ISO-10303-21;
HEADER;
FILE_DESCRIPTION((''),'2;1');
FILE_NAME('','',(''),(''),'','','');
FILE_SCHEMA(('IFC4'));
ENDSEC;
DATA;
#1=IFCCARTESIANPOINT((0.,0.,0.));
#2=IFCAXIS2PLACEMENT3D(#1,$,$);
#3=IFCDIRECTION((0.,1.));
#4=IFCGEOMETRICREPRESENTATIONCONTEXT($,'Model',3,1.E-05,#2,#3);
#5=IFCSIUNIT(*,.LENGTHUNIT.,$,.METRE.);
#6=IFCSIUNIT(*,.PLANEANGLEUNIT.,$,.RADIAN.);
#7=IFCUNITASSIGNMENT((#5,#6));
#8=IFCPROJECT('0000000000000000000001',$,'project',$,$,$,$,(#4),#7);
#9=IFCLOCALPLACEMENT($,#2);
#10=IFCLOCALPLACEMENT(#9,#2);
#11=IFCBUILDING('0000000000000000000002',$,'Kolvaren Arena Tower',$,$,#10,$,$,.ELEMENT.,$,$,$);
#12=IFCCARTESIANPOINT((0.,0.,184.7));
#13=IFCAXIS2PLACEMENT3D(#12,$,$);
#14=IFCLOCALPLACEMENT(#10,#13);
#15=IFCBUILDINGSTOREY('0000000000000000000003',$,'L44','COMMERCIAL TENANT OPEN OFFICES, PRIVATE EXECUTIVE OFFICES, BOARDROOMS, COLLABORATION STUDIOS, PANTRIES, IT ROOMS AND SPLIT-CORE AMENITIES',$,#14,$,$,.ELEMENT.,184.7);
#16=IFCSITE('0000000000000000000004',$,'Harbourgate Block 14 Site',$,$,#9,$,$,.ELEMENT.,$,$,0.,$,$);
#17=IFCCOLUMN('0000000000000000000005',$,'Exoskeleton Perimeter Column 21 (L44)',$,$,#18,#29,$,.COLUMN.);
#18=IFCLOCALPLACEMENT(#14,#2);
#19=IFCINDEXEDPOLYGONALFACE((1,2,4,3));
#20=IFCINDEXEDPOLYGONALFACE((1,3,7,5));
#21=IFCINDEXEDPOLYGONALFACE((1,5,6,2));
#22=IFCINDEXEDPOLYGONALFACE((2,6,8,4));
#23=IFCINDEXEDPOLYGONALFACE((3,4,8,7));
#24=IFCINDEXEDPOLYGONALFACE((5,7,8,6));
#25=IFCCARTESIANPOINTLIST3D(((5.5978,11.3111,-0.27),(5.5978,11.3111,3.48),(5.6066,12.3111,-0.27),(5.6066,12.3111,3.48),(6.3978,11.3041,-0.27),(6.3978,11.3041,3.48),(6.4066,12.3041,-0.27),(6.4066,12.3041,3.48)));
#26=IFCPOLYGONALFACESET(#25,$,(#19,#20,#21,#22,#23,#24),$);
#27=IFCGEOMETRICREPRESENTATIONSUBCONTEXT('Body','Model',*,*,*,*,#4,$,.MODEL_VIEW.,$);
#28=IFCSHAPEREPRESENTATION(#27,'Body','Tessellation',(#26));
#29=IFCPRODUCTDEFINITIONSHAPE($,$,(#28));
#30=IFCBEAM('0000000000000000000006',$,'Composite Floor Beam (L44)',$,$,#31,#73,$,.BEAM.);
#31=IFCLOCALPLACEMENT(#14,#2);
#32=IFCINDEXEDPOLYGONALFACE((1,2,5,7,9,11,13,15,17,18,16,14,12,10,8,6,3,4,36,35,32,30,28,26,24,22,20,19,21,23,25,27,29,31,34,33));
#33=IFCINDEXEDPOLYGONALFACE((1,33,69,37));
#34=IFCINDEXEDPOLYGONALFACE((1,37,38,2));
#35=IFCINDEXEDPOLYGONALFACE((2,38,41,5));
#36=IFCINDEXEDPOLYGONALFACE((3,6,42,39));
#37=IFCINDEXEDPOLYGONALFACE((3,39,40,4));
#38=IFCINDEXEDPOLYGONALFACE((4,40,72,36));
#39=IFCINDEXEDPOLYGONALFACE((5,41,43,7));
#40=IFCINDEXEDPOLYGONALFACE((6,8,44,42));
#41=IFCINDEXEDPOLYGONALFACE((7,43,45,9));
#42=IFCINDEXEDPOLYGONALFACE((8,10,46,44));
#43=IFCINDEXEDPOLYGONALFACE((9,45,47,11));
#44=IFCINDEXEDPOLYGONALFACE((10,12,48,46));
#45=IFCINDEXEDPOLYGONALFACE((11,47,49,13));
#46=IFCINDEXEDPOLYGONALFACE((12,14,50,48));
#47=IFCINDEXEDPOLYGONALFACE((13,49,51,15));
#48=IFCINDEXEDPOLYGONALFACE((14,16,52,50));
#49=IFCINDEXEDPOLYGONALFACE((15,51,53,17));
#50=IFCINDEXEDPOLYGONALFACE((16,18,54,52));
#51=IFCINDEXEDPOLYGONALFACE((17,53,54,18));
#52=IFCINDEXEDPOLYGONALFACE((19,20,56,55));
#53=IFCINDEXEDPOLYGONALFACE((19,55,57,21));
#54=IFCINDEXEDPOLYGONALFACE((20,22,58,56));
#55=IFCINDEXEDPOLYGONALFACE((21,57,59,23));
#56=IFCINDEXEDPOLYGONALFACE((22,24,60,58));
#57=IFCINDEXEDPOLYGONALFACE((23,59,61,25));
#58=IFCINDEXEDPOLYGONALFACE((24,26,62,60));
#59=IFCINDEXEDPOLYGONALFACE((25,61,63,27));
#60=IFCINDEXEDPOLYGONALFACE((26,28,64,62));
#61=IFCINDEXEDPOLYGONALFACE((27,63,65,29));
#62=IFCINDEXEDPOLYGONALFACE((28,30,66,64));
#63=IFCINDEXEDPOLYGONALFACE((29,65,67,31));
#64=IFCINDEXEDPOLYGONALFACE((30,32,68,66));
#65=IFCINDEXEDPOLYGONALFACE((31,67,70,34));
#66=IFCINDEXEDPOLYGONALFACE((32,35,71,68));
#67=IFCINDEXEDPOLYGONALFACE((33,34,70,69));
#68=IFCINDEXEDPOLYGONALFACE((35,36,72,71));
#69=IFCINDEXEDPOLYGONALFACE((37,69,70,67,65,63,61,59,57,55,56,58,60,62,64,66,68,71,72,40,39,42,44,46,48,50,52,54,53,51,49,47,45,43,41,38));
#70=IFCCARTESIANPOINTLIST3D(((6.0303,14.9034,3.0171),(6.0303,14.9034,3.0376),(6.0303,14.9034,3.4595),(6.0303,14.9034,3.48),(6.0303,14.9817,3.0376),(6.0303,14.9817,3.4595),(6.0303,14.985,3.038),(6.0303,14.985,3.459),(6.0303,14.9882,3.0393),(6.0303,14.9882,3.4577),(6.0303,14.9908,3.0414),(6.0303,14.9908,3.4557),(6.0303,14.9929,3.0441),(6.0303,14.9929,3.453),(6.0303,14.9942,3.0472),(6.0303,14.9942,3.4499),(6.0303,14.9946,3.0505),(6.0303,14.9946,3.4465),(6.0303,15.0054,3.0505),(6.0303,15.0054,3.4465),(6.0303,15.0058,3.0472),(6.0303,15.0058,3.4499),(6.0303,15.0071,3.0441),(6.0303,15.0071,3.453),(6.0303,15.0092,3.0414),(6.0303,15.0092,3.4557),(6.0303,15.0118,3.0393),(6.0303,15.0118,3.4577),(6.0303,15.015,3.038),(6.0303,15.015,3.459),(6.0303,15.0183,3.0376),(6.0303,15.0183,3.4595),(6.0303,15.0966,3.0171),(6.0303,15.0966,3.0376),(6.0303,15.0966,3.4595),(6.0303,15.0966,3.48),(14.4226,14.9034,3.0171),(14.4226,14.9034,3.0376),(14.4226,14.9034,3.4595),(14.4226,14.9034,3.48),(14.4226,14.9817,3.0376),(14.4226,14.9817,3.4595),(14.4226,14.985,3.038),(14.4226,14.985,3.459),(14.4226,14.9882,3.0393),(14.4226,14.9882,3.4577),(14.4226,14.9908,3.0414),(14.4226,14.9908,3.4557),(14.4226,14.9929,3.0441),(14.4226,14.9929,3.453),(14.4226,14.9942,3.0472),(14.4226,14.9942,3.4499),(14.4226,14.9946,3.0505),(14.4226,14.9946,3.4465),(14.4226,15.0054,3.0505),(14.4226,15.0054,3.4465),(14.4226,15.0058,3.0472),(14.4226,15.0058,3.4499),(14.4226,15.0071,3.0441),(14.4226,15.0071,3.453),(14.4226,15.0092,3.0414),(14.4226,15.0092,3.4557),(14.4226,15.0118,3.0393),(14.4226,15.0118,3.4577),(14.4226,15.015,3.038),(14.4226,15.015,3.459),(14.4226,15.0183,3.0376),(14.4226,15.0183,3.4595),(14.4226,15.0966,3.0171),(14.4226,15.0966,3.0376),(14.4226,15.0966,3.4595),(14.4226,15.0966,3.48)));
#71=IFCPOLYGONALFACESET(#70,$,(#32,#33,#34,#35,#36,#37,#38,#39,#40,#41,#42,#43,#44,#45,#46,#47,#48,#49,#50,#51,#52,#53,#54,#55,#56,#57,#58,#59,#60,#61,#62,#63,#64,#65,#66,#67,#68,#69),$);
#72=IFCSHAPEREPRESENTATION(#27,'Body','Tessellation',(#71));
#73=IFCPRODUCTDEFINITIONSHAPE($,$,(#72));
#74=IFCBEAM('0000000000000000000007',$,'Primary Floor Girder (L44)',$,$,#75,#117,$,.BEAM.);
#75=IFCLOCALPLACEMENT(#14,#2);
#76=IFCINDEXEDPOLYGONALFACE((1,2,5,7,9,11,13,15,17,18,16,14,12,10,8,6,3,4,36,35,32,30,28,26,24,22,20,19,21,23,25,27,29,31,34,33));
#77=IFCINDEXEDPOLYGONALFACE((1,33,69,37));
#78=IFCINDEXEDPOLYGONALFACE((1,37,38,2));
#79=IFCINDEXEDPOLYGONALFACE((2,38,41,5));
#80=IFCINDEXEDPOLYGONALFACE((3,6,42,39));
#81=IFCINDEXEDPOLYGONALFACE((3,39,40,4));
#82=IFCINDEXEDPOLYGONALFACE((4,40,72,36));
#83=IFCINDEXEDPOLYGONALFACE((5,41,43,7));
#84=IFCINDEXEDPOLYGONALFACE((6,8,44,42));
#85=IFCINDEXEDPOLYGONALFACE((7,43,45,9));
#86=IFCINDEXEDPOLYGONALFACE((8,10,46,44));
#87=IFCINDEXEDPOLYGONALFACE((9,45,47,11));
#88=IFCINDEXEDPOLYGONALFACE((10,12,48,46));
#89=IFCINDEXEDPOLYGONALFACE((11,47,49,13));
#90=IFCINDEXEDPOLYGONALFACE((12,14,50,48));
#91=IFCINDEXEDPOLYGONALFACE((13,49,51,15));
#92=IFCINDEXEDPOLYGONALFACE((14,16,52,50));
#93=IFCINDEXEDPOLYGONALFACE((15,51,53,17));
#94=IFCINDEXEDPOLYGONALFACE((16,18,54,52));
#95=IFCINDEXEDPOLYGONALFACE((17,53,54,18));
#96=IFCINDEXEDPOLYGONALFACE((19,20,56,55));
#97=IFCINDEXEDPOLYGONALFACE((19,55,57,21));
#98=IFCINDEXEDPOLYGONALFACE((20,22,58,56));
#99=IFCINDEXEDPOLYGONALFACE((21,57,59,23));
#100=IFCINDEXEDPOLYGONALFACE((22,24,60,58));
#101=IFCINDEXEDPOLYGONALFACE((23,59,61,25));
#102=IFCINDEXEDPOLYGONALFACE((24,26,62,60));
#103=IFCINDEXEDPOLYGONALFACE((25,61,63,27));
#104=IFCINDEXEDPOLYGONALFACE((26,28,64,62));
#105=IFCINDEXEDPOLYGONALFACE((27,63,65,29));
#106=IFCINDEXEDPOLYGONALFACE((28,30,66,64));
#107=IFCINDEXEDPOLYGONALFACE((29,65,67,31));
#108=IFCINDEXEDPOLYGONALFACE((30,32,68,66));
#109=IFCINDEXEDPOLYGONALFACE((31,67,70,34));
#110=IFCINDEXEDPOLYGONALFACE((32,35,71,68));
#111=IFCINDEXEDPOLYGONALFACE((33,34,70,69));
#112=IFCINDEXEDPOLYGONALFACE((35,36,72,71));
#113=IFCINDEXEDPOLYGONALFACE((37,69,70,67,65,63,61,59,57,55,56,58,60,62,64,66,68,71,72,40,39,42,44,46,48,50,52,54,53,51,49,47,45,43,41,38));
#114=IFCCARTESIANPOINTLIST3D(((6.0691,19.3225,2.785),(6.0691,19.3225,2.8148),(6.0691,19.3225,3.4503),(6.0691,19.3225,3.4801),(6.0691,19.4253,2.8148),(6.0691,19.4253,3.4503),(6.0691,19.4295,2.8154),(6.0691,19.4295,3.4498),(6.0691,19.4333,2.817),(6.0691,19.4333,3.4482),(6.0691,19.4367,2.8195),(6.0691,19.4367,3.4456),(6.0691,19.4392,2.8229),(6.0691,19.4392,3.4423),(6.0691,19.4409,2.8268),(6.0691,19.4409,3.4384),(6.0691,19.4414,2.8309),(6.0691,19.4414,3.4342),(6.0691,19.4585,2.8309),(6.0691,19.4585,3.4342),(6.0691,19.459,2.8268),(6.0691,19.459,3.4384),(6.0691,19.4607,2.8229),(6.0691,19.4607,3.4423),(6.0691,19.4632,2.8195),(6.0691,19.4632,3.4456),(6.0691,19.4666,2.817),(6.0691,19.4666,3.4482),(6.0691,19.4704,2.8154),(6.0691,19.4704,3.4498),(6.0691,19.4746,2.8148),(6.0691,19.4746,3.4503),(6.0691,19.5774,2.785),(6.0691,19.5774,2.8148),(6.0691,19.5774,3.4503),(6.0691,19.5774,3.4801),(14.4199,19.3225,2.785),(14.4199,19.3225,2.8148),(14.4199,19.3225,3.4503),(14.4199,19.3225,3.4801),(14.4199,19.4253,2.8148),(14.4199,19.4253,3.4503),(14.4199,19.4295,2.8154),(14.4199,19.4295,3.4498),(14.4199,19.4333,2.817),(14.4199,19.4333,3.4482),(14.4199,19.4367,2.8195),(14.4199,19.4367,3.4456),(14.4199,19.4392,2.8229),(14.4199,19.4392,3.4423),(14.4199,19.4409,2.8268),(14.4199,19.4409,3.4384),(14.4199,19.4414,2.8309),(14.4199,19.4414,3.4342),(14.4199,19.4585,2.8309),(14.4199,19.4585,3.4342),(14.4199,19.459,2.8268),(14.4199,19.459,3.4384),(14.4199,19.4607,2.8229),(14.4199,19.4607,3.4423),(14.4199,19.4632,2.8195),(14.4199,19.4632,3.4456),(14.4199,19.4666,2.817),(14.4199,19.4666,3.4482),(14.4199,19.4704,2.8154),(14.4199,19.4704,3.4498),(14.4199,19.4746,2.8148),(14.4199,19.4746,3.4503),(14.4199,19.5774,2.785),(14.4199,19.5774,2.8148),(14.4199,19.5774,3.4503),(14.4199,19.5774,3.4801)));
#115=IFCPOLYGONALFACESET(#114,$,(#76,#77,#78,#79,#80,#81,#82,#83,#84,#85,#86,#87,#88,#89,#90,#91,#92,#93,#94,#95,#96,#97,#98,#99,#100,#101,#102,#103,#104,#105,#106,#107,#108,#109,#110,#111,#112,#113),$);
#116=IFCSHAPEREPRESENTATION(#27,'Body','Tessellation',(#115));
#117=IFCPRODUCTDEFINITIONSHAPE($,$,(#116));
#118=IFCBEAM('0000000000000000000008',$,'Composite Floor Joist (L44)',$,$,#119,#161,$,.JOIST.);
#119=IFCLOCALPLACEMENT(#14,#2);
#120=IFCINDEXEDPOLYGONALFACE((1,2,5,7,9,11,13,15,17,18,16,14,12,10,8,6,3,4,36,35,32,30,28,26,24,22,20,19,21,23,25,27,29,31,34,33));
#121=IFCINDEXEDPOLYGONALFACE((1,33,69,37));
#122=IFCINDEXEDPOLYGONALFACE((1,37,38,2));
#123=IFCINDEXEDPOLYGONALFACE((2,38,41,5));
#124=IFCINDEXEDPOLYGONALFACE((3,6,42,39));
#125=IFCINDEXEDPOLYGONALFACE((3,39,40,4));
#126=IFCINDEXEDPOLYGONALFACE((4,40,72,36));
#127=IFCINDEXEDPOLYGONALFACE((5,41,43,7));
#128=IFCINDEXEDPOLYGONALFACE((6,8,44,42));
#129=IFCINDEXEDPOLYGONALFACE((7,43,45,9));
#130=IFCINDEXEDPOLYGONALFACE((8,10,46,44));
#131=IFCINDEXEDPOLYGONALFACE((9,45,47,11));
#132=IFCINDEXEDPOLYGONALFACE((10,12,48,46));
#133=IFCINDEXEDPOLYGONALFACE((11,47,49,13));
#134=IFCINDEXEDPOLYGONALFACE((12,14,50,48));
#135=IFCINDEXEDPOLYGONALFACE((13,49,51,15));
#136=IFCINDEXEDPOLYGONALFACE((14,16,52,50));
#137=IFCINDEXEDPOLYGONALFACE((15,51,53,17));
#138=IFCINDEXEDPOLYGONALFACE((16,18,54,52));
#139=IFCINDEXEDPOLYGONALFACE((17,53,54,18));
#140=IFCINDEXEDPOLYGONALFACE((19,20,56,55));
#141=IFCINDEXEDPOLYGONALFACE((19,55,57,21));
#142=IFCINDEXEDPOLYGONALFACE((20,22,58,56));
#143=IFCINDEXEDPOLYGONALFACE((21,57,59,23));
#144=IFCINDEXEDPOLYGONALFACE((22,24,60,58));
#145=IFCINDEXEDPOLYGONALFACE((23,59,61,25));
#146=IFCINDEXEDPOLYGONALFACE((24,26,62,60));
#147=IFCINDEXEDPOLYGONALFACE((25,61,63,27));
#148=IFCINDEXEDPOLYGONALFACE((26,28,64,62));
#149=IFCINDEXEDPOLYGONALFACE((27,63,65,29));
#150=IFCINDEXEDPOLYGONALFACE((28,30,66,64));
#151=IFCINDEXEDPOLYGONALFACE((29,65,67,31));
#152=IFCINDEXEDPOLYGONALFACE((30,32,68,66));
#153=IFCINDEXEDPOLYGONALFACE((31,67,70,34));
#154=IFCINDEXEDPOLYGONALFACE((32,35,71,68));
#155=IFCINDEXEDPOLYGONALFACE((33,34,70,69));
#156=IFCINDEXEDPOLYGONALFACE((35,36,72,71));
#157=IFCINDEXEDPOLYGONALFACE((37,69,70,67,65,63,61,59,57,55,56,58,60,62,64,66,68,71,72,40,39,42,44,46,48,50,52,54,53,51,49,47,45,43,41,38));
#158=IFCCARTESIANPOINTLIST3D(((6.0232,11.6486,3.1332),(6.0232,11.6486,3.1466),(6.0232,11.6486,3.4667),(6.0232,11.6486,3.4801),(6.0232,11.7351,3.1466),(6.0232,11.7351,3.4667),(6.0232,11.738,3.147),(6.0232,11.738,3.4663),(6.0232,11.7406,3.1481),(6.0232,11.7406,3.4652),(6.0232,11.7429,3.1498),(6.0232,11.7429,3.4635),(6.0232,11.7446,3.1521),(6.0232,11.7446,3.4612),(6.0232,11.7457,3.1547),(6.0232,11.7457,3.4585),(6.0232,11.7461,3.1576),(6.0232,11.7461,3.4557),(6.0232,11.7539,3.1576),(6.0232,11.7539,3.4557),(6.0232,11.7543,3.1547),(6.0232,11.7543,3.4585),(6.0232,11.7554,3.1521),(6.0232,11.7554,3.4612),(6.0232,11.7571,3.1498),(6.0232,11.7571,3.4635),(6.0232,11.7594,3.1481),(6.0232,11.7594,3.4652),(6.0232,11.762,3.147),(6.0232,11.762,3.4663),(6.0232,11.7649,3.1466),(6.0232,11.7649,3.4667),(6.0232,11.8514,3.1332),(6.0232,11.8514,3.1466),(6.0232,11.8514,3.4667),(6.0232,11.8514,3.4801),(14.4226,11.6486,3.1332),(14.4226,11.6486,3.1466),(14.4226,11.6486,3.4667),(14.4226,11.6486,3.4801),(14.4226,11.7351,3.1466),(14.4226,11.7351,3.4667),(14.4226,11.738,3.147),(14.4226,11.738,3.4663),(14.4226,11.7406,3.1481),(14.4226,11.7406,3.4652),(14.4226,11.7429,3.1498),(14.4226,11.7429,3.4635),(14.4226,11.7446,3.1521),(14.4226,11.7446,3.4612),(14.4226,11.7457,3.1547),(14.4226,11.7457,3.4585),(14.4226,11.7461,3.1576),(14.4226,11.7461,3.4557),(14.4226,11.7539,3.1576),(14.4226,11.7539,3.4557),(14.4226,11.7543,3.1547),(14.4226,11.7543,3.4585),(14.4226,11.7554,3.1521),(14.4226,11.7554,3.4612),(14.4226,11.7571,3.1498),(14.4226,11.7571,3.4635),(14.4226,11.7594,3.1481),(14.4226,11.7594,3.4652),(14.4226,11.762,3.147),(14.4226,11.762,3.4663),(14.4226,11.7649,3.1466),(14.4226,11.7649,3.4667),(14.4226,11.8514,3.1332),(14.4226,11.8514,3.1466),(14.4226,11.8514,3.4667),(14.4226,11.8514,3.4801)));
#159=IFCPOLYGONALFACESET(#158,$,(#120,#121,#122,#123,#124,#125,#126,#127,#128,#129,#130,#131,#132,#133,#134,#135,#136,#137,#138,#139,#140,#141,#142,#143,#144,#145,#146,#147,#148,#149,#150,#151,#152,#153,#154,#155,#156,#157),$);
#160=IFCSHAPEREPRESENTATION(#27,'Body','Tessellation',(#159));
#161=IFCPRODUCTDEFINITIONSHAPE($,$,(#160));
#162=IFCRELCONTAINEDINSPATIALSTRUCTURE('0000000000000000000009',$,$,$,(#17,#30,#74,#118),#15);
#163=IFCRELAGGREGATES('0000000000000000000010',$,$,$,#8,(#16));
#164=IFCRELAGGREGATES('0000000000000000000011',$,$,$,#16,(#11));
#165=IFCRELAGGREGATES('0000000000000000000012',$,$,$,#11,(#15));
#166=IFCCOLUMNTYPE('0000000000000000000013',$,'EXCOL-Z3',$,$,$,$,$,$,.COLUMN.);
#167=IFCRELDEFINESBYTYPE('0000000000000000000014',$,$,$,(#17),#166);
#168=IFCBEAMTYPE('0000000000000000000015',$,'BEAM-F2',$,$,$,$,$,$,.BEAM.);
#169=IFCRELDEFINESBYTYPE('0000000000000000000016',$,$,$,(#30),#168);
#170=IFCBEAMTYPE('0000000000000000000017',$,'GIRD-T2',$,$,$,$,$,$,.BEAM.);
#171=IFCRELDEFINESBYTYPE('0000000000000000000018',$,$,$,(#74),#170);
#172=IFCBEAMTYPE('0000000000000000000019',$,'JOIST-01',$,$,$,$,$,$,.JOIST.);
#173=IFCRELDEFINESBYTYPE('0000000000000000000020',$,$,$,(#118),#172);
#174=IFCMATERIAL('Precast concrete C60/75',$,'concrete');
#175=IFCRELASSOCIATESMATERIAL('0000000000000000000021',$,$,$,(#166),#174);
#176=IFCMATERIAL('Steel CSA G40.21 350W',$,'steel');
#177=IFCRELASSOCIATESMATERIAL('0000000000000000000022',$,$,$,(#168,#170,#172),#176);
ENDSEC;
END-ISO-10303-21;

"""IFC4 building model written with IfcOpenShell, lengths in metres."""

from ifc_helpers import new_model, si_unit, direction, frame, origin, origin_2d, place, context, subcontext, project, spatial, rectangle, i_section, extrude, material, material_profile, profile_set, type_object, element, save


model = new_model("IFC4")

# Units and contexts
model_context = context("Model", 3, precision=1e-05, world=origin(), true_north=direction((0.0, 1.0)))
body_context = subcontext(model_context, "Body", "Model", "MODEL_VIEW")
ifc_project = project(units=[si_unit("LENGTHUNIT", "METRE"), si_unit("PLANEANGLEUNIT", "RADIAN")], contexts=[model_context])

# Site, building, storey
site_placement = place(None, origin())
site = spatial("IfcSite", under=ifc_project, at=site_placement, Name="Harbourgate Block 14 Site", CompositionType="ELEMENT", RefElevation=0.0)
building_placement = place(site_placement, origin())
building = spatial("IfcBuilding", under=site, at=building_placement, Name="Kolvaren Arena Tower", CompositionType="ELEMENT")
storey_placement = place(building_placement, frame((0.0, 0.0, 184.7)))
storey = spatial("IfcBuildingStorey", under=building, at=storey_placement, Name="L44", Description="COMMERCIAL TENANT OPEN OFFICES, PRIVATE EXECUTIVE OFFICES, BOARDROOMS, COLLABORATION STUDIOS, PANTRIES, IT ROOMS AND SPLIT-CORE AMENITIES", CompositionType="ELEMENT", Elevation=184.7)

# Column
ifc_material_1 = material(Name="Precast concrete C60/75", Category="concrete")
ifc_material_profile_1 = material_profile(ifc_material_1, rectangle(XDim=1.0, YDim=0.8, at=origin_2d()), Name="RC-1000x800")
ifc_profile_set_1 = profile_set([ifc_material_profile_1], Name="Precast concrete C60/75")
column_type = type_object("IfcColumnType", Name="EXCOL-Z3", PredefinedType="COLUMN", material=ifc_profile_set_1)
column_placement = place(storey_placement, frame((6.0022, 11.8076, -0.27), z_axis=(0.0, 0.0, 1.0), x_axis=(0.008727, 0.999962, 0.0)))
element("IfcColumn", 1, at=column_placement, inside=storey, type_object=column_type, Name="Exoskeleton Perimeter Column 21 (L44)", PredefinedType="COLUMN", context=body_context, shape_type="SweptSolid", body=[
    extrude(rectangle(XDim=1.0, YDim=0.8, at=origin_2d()), origin(), (0.0, 0.0, 1.0), 3.75),
])

# Beams
ifc_material_2 = material(Name="Steel CSA G40.21 350W", Category="steel")
ifc_material_profile_2 = material_profile(ifc_material_2, i_section(OverallWidth=0.1931, OverallDepth=0.4629, WebThickness=0.0107, FlangeThickness=0.0205, FilletRadius=0.0129, at=origin_2d()), Name="W460x113")
ifc_profile_set_2 = profile_set([ifc_material_profile_2], Name="Steel CSA G40.21 350W")
beam_type_1 = type_object("IfcBeamType", Name="BEAM-F2", PredefinedType="BEAM", material=ifc_profile_set_2)
beam_1_placement = place(storey_placement, frame((6.0303, 15.0, 3.2485), z_axis=(1.0, 0.0, 0.0), x_axis=(0.0, 1.0, 0.0)))
element("IfcBeam", 2, at=beam_1_placement, inside=storey, type_object=beam_type_1, Name="Composite Floor Beam (L44)", PredefinedType="BEAM", context=body_context, shape_type="SweptSolid", body=[
    extrude(i_section(OverallWidth=0.1931, OverallDepth=0.4629, WebThickness=0.0107, FlangeThickness=0.0205, FilletRadius=0.0129, at=origin_2d()), origin(), (0.0, 0.0, 1.0), 8.3923),
])
ifc_material_profile_3 = material_profile(ifc_material_2, i_section(OverallWidth=0.2549, OverallDepth=0.6951, WebThickness=0.0171, FlangeThickness=0.0298, FilletRadius=0.0161, at=origin_2d()), Name="W690x217")
ifc_profile_set_3 = profile_set([ifc_material_profile_3], Name="Steel CSA G40.21 350W")
beam_type_2 = type_object("IfcBeamType", Name="GIRD-T2", PredefinedType="BEAM", material=ifc_profile_set_3)
beam_2_placement = place(storey_placement, frame((6.0691, 19.45, 3.1326), z_axis=(1.0, 0.0, 0.0), x_axis=(0.0, 1.0, 0.0)))
element("IfcBeam", 3, at=beam_2_placement, inside=storey, type_object=beam_type_2, Name="Primary Floor Girder (L44)", PredefinedType="BEAM", context=body_context, shape_type="SweptSolid", body=[
    extrude(i_section(OverallWidth=0.2549, OverallDepth=0.6951, WebThickness=0.0171, FlangeThickness=0.0298, FilletRadius=0.0161, at=origin_2d()), origin(), (0.0, 0.0, 1.0), 8.3508),
])
ifc_material_profile_4 = material_profile(ifc_material_2, i_section(OverallWidth=0.2029, OverallDepth=0.3469, WebThickness=0.0078, FlangeThickness=0.0134, FilletRadius=0.011, at=origin_2d()), Name="W360x64")
ifc_profile_set_4 = profile_set([ifc_material_profile_4], Name="Steel CSA G40.21 350W")
beam_type_3 = type_object("IfcBeamType", Name="JOIST-01", PredefinedType="JOIST", material=ifc_profile_set_4)
beam_3_placement = place(storey_placement, frame((6.0232, 11.75, 3.3066), z_axis=(1.0, 0.0, 0.0), x_axis=(0.0, 1.0, 0.0)))
element("IfcBeam", 4, at=beam_3_placement, inside=storey, type_object=beam_type_3, Name="Composite Floor Joist (L44)", PredefinedType="JOIST", context=body_context, shape_type="SweptSolid", body=[
    extrude(i_section(OverallWidth=0.2029, OverallDepth=0.3469, WebThickness=0.0078, FlangeThickness=0.0134, FilletRadius=0.011, at=origin_2d()), origin(), (0.0, 0.0, 1.0), 8.3994),
])

save(model, "model.ifc")
